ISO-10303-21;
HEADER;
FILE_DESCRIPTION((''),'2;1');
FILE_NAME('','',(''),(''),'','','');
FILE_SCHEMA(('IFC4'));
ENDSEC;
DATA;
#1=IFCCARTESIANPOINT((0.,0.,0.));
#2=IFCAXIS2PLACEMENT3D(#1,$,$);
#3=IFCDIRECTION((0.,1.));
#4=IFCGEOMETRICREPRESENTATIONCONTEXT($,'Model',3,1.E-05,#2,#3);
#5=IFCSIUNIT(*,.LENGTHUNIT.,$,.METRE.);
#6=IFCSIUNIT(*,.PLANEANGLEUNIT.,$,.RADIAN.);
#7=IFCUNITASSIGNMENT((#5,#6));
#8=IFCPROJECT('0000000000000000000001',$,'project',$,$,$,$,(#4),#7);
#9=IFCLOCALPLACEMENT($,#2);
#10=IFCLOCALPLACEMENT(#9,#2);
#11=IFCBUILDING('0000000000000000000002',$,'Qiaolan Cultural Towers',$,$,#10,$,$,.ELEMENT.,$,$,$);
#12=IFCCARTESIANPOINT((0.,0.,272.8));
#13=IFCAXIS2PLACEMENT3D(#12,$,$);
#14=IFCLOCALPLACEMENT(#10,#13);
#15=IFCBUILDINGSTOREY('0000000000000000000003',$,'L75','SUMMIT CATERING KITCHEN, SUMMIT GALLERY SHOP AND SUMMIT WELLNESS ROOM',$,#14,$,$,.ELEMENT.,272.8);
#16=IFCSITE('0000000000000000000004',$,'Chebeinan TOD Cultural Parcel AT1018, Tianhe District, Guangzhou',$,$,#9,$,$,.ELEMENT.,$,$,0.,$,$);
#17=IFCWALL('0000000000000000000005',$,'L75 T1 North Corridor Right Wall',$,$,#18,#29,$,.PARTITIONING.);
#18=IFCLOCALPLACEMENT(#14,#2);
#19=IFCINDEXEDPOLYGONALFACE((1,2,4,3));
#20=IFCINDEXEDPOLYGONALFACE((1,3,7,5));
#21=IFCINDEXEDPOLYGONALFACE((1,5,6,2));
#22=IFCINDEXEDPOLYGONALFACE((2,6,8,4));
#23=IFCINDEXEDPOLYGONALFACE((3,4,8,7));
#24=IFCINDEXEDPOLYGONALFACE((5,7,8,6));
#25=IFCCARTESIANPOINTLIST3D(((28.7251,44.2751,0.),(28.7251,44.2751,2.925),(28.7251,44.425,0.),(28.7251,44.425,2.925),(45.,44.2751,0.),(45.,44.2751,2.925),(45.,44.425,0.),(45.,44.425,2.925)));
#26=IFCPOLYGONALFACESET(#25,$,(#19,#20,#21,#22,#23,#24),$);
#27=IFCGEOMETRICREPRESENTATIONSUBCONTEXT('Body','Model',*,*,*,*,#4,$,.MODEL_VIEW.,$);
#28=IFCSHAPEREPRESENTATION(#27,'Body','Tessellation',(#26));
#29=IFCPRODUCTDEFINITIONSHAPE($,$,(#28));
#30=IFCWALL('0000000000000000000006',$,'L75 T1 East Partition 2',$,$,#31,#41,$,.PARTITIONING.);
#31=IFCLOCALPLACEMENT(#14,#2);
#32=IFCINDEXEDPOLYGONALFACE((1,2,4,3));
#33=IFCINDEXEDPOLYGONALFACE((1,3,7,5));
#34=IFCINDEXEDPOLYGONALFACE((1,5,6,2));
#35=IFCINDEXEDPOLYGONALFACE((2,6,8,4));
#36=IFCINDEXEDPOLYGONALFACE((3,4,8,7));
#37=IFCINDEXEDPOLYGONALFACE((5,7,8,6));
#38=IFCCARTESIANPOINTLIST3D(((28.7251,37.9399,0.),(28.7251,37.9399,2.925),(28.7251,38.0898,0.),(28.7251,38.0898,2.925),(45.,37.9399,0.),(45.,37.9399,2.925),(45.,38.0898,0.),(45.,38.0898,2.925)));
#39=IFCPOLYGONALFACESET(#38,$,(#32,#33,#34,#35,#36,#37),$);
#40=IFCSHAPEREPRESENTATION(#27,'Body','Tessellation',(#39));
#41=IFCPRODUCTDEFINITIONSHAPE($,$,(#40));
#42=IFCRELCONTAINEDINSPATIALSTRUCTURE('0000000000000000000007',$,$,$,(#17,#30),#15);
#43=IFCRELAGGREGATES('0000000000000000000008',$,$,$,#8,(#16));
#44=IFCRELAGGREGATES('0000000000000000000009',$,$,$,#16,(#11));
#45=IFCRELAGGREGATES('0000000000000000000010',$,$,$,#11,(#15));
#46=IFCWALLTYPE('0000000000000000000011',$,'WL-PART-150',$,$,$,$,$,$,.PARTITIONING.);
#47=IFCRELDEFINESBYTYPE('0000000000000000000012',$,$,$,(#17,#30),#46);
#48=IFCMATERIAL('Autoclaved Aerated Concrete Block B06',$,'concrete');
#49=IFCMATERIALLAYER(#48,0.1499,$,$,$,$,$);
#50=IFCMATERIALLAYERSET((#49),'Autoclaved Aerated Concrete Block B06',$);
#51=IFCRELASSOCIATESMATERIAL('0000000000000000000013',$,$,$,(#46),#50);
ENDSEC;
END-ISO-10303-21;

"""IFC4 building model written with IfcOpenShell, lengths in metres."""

from ifc_helpers import new_model, si_unit, direction, frame, frame_2d, origin, place, context, subcontext, project, spatial, rectangle, extrude, material, layer, layer_set, type_object, element, save


model = new_model("IFC4")

# Units and contexts
model_context = context("Model", 3, precision=1e-05, world=origin(), true_north=direction((0.0, 1.0)))
body_context = subcontext(model_context, "Body", "Model", "MODEL_VIEW")
ifc_project = project(units=[si_unit("LENGTHUNIT", "METRE"), si_unit("PLANEANGLEUNIT", "RADIAN")], contexts=[model_context])

# Site, building, storey
site_placement = place(None, origin())
site = spatial("IfcSite", under=ifc_project, at=site_placement, Name="Chebeinan TOD Cultural Parcel AT1018, Tianhe District, Guangzhou", CompositionType="ELEMENT", RefElevation=0.0)
building_placement = place(site_placement, origin())
building = spatial("IfcBuilding", under=site, at=building_placement, Name="Qiaolan Cultural Towers", CompositionType="ELEMENT")
storey_placement = place(building_placement, frame((0.0, 0.0, 272.8)))
storey = spatial("IfcBuildingStorey", under=building, at=storey_placement, Name="L75", Description="SUMMIT CATERING KITCHEN, SUMMIT GALLERY SHOP AND SUMMIT WELLNESS ROOM", CompositionType="ELEMENT", Elevation=272.8)

# Shared definitions
ifc_material_1 = material(Name="Autoclaved Aerated Concrete Block B06", Category="concrete")
ifc_layer_1 = layer(ifc_material_1, 0.1499)
ifc_layer_set_1 = layer_set([ifc_layer_1], Name="Autoclaved Aerated Concrete Block B06")
wall_type_1 = type_object("IfcWallType", Name="WL-PART-150", PredefinedType="PARTITIONING", material=ifc_layer_set_1)

# Walls
for number, where, z_axis, x_axis, name in (
    (1, (28.7251, 44.3501, 0.0), (0.0, 0.0, 1.0), (1.0, 0.0, 0.0), "L75 T1 North Corridor Right Wall"),
    (2, (28.7251, 38.0149, 0.0), (0.0, 0.0, 1.0), (1.0, 0.0, 0.0), "L75 T1 East Partition 2"),
):
    element("IfcWall", number, at=place(storey_placement, frame(where, z_axis=z_axis, x_axis=x_axis)), inside=storey, type_object=wall_type_1, Name=name, PredefinedType="PARTITIONING", context=body_context, shape_type="SweptSolid", body=[
        extrude(rectangle(XDim=16.2749, YDim=0.1499, at=frame_2d((8.1375, 0.0))), origin(), (0.0, 0.0, 1.0), 2.925),
    ])

save(model, "model.ifc")
